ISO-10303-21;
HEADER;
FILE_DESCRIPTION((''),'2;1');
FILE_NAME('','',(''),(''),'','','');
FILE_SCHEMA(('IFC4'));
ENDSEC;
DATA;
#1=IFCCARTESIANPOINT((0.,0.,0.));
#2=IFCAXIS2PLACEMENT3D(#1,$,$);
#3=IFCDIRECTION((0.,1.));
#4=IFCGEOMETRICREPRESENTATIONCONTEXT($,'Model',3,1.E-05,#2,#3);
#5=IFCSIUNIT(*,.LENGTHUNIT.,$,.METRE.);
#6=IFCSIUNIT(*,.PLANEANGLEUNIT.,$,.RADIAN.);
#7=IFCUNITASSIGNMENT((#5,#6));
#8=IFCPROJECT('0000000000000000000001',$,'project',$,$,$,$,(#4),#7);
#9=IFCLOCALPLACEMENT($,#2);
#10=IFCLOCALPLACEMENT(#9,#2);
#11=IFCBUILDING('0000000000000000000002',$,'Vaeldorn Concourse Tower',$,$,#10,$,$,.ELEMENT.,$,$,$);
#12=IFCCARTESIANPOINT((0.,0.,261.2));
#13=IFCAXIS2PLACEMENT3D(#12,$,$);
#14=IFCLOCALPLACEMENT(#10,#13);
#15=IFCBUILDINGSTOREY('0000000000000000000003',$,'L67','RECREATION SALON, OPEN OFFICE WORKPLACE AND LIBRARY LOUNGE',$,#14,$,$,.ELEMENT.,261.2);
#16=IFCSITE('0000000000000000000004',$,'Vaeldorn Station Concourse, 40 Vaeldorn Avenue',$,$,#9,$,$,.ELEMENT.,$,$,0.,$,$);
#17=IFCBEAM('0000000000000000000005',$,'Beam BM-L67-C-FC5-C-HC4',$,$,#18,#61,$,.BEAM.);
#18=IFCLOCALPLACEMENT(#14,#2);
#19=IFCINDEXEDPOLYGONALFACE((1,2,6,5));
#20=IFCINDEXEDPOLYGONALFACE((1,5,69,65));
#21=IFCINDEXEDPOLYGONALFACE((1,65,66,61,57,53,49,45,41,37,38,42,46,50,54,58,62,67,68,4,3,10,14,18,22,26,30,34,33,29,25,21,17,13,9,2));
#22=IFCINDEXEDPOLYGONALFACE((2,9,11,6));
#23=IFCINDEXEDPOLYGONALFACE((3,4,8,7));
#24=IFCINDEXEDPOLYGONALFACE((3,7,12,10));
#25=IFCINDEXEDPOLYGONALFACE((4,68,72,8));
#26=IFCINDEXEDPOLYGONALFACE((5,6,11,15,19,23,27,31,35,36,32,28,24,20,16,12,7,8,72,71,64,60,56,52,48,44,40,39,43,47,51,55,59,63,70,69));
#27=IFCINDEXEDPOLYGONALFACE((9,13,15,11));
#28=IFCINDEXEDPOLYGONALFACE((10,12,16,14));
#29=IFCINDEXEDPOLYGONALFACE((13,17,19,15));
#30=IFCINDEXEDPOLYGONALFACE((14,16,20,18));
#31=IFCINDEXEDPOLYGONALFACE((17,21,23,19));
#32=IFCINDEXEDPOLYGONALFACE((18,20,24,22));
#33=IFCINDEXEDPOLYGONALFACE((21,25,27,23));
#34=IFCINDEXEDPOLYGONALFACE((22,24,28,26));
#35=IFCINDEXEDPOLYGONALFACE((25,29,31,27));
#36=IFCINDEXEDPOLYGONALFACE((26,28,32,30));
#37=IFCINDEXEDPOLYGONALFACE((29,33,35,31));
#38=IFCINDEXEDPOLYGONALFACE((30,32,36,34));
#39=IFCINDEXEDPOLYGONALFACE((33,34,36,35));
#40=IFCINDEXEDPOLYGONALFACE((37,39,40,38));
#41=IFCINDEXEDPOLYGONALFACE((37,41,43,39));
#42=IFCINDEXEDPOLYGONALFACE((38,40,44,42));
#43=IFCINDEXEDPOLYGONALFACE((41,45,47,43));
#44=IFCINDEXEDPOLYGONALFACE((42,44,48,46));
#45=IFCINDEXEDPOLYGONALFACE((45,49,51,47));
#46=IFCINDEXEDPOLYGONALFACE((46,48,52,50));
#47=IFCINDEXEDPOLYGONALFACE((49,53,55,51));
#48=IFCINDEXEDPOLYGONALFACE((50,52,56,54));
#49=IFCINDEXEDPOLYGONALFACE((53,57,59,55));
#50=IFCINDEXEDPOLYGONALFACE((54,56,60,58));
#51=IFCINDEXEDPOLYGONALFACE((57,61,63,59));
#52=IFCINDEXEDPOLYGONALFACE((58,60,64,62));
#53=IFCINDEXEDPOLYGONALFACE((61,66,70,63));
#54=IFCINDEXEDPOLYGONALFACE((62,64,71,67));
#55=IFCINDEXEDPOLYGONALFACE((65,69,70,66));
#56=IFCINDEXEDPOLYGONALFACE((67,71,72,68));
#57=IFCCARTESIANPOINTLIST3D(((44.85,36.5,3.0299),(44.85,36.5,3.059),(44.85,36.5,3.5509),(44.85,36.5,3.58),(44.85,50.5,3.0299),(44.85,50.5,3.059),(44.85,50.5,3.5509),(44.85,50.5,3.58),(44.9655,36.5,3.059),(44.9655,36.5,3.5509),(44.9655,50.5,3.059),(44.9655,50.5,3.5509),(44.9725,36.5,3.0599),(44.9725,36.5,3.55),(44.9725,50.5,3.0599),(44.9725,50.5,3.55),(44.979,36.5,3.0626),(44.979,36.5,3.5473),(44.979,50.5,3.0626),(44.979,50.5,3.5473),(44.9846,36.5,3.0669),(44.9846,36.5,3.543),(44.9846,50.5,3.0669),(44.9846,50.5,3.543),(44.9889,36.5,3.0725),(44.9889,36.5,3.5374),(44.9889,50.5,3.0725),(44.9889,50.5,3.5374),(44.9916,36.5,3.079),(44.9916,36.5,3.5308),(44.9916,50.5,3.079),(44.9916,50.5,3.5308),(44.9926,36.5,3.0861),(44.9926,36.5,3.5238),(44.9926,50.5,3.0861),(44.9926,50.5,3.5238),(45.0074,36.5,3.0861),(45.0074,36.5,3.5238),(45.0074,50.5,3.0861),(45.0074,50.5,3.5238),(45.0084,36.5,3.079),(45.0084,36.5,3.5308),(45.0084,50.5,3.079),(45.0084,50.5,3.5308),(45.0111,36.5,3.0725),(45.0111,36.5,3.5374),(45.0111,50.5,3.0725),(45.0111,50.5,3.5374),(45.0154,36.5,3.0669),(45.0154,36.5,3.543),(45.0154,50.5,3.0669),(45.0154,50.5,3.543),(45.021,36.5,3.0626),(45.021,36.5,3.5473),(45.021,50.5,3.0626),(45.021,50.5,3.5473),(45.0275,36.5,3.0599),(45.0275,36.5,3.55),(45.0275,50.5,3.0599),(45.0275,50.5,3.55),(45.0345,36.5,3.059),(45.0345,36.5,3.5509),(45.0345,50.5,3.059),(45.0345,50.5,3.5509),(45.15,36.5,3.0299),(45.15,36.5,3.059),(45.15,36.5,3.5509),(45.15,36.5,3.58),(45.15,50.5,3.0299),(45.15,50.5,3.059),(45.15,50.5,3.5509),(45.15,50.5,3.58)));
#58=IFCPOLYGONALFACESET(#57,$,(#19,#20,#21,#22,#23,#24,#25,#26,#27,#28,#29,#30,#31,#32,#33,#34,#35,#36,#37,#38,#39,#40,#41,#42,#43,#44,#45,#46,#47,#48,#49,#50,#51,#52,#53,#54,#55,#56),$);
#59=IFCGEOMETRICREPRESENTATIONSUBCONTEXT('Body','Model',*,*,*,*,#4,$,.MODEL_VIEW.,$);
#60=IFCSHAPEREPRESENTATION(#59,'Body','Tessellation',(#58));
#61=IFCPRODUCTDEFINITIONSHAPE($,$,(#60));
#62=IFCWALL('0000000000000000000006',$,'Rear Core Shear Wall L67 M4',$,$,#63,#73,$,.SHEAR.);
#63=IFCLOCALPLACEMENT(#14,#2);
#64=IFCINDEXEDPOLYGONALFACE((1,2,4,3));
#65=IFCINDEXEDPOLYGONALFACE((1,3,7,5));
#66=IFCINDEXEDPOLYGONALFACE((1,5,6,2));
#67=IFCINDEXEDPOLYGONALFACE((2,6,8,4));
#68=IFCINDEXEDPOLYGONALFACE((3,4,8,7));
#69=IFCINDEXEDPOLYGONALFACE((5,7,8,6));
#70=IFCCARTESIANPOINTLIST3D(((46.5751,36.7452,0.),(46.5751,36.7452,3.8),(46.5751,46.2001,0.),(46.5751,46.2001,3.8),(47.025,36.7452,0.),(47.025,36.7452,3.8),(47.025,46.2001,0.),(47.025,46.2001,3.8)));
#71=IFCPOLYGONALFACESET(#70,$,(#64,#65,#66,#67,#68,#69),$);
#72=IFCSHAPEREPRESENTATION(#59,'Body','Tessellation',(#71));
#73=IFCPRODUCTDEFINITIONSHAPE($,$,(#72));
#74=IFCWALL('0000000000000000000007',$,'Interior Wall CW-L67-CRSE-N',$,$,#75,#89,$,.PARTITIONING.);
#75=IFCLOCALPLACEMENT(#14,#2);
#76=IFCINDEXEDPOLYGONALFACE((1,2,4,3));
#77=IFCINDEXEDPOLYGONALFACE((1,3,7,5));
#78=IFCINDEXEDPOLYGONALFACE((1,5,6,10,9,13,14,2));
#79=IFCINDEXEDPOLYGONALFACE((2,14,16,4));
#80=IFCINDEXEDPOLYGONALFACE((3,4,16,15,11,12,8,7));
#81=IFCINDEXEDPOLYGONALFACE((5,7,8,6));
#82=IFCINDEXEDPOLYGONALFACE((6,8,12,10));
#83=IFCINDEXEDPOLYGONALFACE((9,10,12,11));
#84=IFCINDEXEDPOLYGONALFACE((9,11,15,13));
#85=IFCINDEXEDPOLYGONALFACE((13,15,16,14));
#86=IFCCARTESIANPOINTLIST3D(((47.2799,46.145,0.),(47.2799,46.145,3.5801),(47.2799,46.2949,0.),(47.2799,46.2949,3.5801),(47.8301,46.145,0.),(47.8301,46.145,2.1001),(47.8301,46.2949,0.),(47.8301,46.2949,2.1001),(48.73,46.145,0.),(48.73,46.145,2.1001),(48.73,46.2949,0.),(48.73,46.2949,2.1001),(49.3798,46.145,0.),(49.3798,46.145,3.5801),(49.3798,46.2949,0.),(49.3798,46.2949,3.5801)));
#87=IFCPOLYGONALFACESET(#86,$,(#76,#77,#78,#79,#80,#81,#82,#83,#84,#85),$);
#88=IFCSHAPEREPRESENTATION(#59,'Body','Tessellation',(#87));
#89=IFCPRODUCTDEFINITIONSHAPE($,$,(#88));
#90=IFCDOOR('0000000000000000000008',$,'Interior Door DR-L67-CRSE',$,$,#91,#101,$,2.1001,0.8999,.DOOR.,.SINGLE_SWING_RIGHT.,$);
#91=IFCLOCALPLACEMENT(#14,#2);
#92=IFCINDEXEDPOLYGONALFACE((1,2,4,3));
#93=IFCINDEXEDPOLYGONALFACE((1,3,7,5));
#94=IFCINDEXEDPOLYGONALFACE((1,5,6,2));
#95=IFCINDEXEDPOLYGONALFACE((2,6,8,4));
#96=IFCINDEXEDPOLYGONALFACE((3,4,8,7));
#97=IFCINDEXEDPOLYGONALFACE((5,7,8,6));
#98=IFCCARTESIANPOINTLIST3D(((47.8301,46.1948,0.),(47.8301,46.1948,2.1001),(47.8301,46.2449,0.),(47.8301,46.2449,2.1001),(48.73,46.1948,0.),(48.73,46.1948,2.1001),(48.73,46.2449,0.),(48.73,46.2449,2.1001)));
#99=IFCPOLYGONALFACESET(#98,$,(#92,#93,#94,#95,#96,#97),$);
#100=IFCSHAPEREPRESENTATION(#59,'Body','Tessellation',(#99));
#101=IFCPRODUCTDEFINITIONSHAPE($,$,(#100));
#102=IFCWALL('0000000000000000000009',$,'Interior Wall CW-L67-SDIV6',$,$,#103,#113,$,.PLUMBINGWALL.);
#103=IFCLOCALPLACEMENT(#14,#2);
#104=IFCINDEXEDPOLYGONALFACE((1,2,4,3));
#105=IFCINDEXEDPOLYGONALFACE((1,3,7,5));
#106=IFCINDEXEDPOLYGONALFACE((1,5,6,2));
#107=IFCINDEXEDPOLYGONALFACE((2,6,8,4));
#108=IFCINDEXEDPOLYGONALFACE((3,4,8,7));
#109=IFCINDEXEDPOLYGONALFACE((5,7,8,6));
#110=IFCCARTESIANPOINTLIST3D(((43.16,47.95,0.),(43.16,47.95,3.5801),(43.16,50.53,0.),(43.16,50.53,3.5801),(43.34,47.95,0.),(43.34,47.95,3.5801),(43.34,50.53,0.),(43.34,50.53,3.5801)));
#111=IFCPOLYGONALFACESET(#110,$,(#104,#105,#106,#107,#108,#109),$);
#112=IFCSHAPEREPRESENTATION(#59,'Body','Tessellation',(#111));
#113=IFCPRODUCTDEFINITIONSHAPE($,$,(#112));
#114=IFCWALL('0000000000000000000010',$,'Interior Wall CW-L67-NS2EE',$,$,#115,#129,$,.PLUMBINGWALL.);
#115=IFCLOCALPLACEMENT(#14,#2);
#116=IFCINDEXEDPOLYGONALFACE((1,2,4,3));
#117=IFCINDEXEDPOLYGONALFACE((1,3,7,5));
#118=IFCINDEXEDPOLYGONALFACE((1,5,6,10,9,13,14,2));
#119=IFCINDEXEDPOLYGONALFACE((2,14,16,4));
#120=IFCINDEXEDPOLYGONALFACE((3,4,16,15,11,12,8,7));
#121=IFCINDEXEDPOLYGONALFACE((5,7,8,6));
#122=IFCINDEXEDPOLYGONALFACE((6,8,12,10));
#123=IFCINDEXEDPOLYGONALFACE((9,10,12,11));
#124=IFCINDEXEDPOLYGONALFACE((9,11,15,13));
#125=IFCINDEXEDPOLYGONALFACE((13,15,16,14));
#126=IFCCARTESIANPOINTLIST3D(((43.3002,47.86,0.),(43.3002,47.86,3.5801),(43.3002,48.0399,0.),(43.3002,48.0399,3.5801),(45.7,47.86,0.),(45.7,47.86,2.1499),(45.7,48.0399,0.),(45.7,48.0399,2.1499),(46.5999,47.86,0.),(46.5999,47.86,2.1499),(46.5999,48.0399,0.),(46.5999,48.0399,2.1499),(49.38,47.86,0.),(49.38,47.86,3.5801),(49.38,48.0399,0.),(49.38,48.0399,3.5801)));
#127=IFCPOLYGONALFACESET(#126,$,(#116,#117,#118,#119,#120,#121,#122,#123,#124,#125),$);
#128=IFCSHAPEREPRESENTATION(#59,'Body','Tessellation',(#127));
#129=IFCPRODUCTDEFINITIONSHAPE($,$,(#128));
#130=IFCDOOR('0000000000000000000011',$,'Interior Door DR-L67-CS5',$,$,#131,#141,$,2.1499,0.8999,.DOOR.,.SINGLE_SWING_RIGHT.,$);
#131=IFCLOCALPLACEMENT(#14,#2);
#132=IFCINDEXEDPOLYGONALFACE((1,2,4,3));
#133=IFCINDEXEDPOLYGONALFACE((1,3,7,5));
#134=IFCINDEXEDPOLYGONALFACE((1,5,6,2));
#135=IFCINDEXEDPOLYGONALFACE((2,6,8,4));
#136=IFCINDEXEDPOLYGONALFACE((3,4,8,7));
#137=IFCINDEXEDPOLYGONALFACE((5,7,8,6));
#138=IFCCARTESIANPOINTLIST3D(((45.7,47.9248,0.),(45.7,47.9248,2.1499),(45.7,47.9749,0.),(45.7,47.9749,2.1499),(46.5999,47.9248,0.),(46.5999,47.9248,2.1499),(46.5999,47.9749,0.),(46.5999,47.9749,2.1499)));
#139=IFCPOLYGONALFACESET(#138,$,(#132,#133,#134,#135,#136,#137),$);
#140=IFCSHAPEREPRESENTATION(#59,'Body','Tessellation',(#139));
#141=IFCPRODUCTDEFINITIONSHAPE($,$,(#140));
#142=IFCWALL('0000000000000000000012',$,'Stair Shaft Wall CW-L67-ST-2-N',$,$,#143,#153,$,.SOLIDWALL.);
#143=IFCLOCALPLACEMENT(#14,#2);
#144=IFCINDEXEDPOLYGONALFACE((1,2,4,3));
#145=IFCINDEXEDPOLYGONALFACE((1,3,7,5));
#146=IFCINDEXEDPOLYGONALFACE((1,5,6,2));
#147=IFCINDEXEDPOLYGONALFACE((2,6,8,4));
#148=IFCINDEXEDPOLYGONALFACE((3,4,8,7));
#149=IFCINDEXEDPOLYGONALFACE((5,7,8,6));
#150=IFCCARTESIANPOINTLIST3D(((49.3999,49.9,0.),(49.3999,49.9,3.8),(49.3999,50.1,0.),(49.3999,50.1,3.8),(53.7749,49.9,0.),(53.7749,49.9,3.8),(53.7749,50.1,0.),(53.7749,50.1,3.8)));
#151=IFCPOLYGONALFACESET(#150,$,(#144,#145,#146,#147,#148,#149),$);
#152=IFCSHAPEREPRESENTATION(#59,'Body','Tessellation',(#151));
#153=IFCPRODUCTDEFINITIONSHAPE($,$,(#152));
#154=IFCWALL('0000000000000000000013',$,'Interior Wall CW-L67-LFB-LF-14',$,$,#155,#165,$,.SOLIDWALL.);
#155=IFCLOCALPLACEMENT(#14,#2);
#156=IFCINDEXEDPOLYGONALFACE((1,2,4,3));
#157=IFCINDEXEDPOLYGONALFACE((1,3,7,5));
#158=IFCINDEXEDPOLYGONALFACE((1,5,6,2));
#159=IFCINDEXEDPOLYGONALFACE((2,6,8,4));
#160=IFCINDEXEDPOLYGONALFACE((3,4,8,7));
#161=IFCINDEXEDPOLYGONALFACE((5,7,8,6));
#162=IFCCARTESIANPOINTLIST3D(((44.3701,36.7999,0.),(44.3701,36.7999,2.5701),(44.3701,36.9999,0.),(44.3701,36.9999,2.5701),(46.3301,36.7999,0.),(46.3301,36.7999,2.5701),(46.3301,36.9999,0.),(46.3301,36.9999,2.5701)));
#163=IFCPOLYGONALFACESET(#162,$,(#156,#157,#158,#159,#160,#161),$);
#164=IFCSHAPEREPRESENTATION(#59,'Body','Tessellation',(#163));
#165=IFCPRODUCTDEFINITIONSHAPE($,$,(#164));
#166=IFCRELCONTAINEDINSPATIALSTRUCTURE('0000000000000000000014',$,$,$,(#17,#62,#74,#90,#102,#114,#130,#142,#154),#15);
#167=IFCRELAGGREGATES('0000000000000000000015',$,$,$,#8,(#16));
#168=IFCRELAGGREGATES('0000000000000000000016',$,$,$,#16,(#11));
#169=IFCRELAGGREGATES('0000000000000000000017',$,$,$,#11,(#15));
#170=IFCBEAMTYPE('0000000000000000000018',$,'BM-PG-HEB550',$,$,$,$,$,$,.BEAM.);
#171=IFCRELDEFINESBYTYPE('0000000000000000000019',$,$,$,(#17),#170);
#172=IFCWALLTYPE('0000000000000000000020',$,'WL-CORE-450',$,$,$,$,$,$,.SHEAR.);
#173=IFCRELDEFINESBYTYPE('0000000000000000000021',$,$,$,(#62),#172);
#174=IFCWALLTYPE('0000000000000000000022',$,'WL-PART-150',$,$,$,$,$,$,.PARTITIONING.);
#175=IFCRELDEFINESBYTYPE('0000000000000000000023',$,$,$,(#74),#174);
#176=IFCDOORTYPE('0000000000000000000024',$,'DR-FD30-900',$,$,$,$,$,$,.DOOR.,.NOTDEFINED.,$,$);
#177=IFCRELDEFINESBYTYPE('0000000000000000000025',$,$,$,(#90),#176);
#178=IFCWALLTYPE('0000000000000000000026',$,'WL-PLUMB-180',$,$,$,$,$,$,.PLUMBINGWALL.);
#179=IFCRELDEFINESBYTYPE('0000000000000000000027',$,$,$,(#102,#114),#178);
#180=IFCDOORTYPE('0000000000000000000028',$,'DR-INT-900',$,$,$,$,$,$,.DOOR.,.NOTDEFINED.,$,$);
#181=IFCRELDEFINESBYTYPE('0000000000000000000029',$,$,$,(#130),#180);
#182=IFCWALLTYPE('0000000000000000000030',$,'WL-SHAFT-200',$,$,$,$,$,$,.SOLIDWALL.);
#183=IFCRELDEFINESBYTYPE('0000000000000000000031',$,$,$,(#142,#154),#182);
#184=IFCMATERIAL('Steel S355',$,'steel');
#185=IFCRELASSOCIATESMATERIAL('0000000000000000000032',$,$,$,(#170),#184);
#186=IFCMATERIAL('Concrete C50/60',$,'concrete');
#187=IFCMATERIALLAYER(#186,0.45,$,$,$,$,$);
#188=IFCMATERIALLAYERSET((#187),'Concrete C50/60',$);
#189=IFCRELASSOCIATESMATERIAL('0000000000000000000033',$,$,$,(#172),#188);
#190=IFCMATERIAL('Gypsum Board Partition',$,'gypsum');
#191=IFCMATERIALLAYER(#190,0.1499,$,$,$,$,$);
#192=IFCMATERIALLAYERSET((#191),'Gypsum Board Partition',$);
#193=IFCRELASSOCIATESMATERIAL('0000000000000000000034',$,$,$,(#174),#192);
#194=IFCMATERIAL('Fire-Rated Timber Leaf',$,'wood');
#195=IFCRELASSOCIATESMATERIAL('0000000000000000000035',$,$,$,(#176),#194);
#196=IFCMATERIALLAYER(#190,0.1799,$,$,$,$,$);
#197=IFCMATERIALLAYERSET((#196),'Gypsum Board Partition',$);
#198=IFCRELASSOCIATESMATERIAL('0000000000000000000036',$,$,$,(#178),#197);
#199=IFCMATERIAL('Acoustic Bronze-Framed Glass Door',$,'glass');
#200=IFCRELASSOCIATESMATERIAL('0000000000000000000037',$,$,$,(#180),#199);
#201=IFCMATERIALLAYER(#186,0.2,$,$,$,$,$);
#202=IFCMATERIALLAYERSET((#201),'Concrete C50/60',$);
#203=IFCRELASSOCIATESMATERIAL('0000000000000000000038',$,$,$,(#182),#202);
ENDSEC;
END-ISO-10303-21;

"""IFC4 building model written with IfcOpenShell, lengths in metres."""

from ifc_helpers import new_model, si_unit, direction, frame, frame_2d, origin, origin_2d, place, context, subcontext, project, spatial, rectangle, i_section, extrude, source, transform, mapped, material, layer, layer_set, material_profile, profile_set, type_object, element, fill, save


model = new_model("IFC4")

# Units and contexts
model_context = context("Model", 3, precision=1e-05, world=origin(), true_north=direction((0.0, 1.0)))
body_context = subcontext(model_context, "Body", "Model", "MODEL_VIEW")
ifc_project = project(units=[si_unit("LENGTHUNIT", "METRE"), si_unit("PLANEANGLEUNIT", "RADIAN")], contexts=[model_context])

# Site, building, storey
site_placement = place(None, origin())
site = spatial("IfcSite", under=ifc_project, at=site_placement, Name="Vaeldorn Station Concourse, 40 Vaeldorn Avenue", CompositionType="ELEMENT", RefElevation=0.0)
building_placement = place(site_placement, origin())
building = spatial("IfcBuilding", under=site, at=building_placement, Name="Vaeldorn Concourse Tower", CompositionType="ELEMENT")
storey_placement = place(building_placement, frame((0.0, 0.0, 261.2)))
storey = spatial("IfcBuildingStorey", under=building, at=storey_placement, Name="L67", Description="RECREATION SALON, OPEN OFFICE WORKPLACE AND LIBRARY LOUNGE", CompositionType="ELEMENT", Elevation=261.2)

# Beam
ifc_material_1 = material(Name="Concrete C50/60", Category="concrete")
ifc_material_2 = material(Name="Steel S355", Category="steel")
ifc_material_profile_1 = material_profile(ifc_material_2, i_section(OverallWidth=0.3, OverallDepth=0.55, WebThickness=0.0149, FlangeThickness=0.0291, FilletRadius=0.0271, at=origin_2d()), Name="HEB 550")
ifc_profile_set_1 = profile_set([ifc_material_profile_1], Name="Steel S355")
beam_type_1 = type_object("IfcBeamType", Name="BM-PG-HEB550", PredefinedType="BEAM", material=ifc_profile_set_1)
shared_shape_1 = source(origin(), body_context, "Body", "SweptSolid", [
    extrude(i_section(OverallWidth=0.3, OverallDepth=0.55, WebThickness=0.0149, FlangeThickness=0.0291, FilletRadius=0.0271, at=origin_2d()), origin(), (0.0, 0.0, 1.0), 14.0),
])
beam_1_placement = place(storey_placement, frame((45.0, 36.5, 3.3049), z_axis=(0.0, 1.0, 0.0), x_axis=(-1.0, 0.0, 0.0)))
element("IfcBeam", 1, at=beam_1_placement, inside=storey, type_object=beam_type_1, Name="Beam BM-L67-C-FC5-C-HC4", PredefinedType="BEAM", context=body_context, shape_type="MappedRepresentation", body=[
    mapped(shared_shape_1, transform((0.0, 0.0, 0.0), scale=1.0)),
])

# Wall
ifc_layer_1 = layer(ifc_material_1, 0.45)
ifc_layer_set_1 = layer_set([ifc_layer_1], Name="Concrete C50/60")
wall_type_1 = type_object("IfcWallType", Name="WL-CORE-450", PredefinedType="SHEAR", material=ifc_layer_set_1)
wall_1_placement = place(storey_placement, frame((46.8, 36.7451, 0.0), z_axis=(0.0, 0.0, 1.0), x_axis=(0.0, 1.0, 0.0)))
element("IfcWall", 2, at=wall_1_placement, inside=storey, type_object=wall_type_1, Name="Rear Core Shear Wall L67 M4", PredefinedType="SHEAR", context=body_context, shape_type="SweptSolid", body=[
    extrude(rectangle(XDim=9.4548, YDim=0.45, at=frame_2d((4.7275, 0.0))), origin(), (0.0, 0.0, 1.0), 3.8),
])

# Wall, opening, door
ifc_material_3 = material(Name="Gypsum Board Partition", Category="gypsum")
ifc_layer_2 = layer(ifc_material_3, 0.1499)
ifc_layer_set_2 = layer_set([ifc_layer_2], Name="Gypsum Board Partition")
wall_type_2 = type_object("IfcWallType", Name="WL-PART-150", PredefinedType="PARTITIONING", material=ifc_layer_set_2)
wall_2_placement = place(storey_placement, frame((47.28, 46.22, 0.0), z_axis=(0.0, 0.0, 1.0), x_axis=(1.0, 0.0, 0.0)))
wall_2 = element("IfcWall", 3, at=wall_2_placement, inside=storey, type_object=wall_type_2, Name="Interior Wall CW-L67-CRSE-N", PredefinedType="PARTITIONING", context=body_context, shape_type="SweptSolid", body=[
    extrude(rectangle(XDim=2.0999, YDim=0.1499, at=frame_2d((1.0498, 0.0))), origin(), (0.0, 0.0, 1.0), 3.5801),
])
opening_1_placement = place(wall_2_placement, frame((0.55, 0.0, 0.0)))
opening_1 = element("IfcOpeningElement", 4, at=opening_1_placement, cuts=wall_2, PredefinedType="OPENING", context=body_context, shape_type="SweptSolid", body=[
    extrude(rectangle(XDim=0.8999, YDim=2.1001, at=frame_2d((0.45, 1.05))), frame((0.0, 0.085, 0.0), z_axis=(0.0, -1.0, 0.0), x_axis=(1.0, 0.0, 0.0)), (0.0, 0.0, 1.0), 0.1699),
])
ifc_material_4 = material(Name="Fire-Rated Timber Leaf", Category="wood")
door_type_1 = type_object("IfcDoorType", Name="DR-FD30-900", OperationType="NOTDEFINED", PredefinedType="DOOR", material=ifc_material_4)
shared_shape_2 = source(origin(), body_context, "Body", "SweptSolid", [
    extrude(rectangle(XDim=0.8999, YDim=2.1001, at=frame_2d((0.45, 1.05))), frame((0.0, 0.0249, 0.0), z_axis=(0.0, -1.0, 0.0), x_axis=(1.0, 0.0, 0.0)), (0.0, 0.0, 1.0), 0.05),
])
door_1_placement = place(opening_1_placement, origin())
door_1 = element("IfcDoor", 5, at=door_1_placement, inside=storey, type_object=door_type_1, Name="Interior Door DR-L67-CRSE", OperationType="SINGLE_SWING_RIGHT", OverallHeight=2.1001, OverallWidth=0.8999, PredefinedType="DOOR", context=body_context, shape_type="MappedRepresentation", body=[
    mapped(shared_shape_2, transform((0.0, 0.0, 0.0), scale=1.0)),
])
fill(opening_1, door_1)

# Wall
ifc_layer_3 = layer(ifc_material_3, 0.1799)
ifc_layer_set_3 = layer_set([ifc_layer_3], Name="Gypsum Board Partition")
wall_type_3 = type_object("IfcWallType", Name="WL-PLUMB-180", PredefinedType="PLUMBINGWALL", material=ifc_layer_set_3)
wall_3_placement = place(storey_placement, frame((43.25, 47.95, 0.0), z_axis=(0.0, 0.0, 1.0), x_axis=(0.0, 1.0, 0.0)))
element("IfcWall", 6, at=wall_3_placement, inside=storey, type_object=wall_type_3, Name="Interior Wall CW-L67-SDIV6", PredefinedType="PLUMBINGWALL", context=body_context, shape_type="SweptSolid", body=[
    extrude(rectangle(XDim=2.5801, YDim=0.1799, at=frame_2d((1.29, 0.0))), origin(), (0.0, 0.0, 1.0), 3.5801),
])

# Wall, opening, door
wall_4_placement = place(storey_placement, frame((43.3, 47.95, 0.0), z_axis=(0.0, 0.0, 1.0), x_axis=(1.0, 0.0, 0.0)))
wall_4 = element("IfcWall", 7, at=wall_4_placement, inside=storey, type_object=wall_type_3, Name="Interior Wall CW-L67-NS2EE", PredefinedType="PLUMBINGWALL", context=body_context, shape_type="SweptSolid", body=[
    extrude(rectangle(XDim=6.0798, YDim=0.1799, at=frame_2d((3.04, 0.0))), origin(), (0.0, 0.0, 1.0), 3.5801),
])
opening_2_placement = place(wall_4_placement, frame((2.3999, 0.0, 0.0)))
opening_2 = element("IfcOpeningElement", 8, at=opening_2_placement, cuts=wall_4, PredefinedType="OPENING", context=body_context, shape_type="SweptSolid", body=[
    extrude(rectangle(XDim=0.8999, YDim=2.1499, at=frame_2d((0.45, 1.075))), frame((0.0, 0.1001, 0.0), z_axis=(0.0, -1.0, 0.0), x_axis=(1.0, 0.0, 0.0)), (0.0, 0.0, 1.0), 0.2),
])
ifc_material_5 = material(Name="Acoustic Bronze-Framed Glass Door", Category="glass")
door_type_2 = type_object("IfcDoorType", Name="DR-INT-900", OperationType="NOTDEFINED", PredefinedType="DOOR", material=ifc_material_5)
shared_shape_3 = source(origin(), body_context, "Body", "SweptSolid", [
    extrude(rectangle(XDim=0.8999, YDim=2.1499, at=frame_2d((0.45, 1.075))), frame((0.0, 0.0249, 0.0), z_axis=(0.0, -1.0, 0.0), x_axis=(1.0, 0.0, 0.0)), (0.0, 0.0, 1.0), 0.05),
])
door_2_placement = place(opening_2_placement, origin())
door_2 = element("IfcDoor", 9, at=door_2_placement, inside=storey, type_object=door_type_2, Name="Interior Door DR-L67-CS5", OperationType="SINGLE_SWING_RIGHT", OverallHeight=2.1499, OverallWidth=0.8999, PredefinedType="DOOR", context=body_context, shape_type="MappedRepresentation", body=[
    mapped(shared_shape_3, transform((0.0, 0.0, 0.0), scale=1.0)),
])
fill(opening_2, door_2)
ifc_layer_4 = layer(ifc_material_1, 0.2)
ifc_layer_set_4 = layer_set([ifc_layer_4], Name="Concrete C50/60")
wall_type_4 = type_object("IfcWallType", Name="WL-SHAFT-200", PredefinedType="SOLIDWALL", material=ifc_layer_set_4)

# Wall
wall_5_placement = place(storey_placement, frame((49.3999, 50.0, 0.0), z_axis=(0.0, 0.0, 1.0), x_axis=(1.0, 0.0, 0.0)))
element("IfcWall", 10, at=wall_5_placement, inside=storey, type_object=wall_type_4, Name="Stair Shaft Wall CW-L67-ST-2-N", PredefinedType="SOLIDWALL", context=body_context, shape_type="SweptSolid", body=[
    extrude(rectangle(XDim=4.375, YDim=0.2, at=frame_2d((2.1875, 0.0))), origin(), (0.0, 0.0, 1.0), 3.8),
])

# Wall
wall_6_placement = place(storey_placement, frame((44.3701, 36.8999, 0.0), z_axis=(0.0, 0.0, 1.0), x_axis=(1.0, 0.0, 0.0)))
element("IfcWall", 11, at=wall_6_placement, inside=storey, type_object=wall_type_4, Name="Interior Wall CW-L67-LFB-LF-14", PredefinedType="SOLIDWALL", context=body_context, shape_type="SweptSolid", body=[
    extrude(rectangle(XDim=1.96, YDim=0.2, at=frame_2d((0.98, 0.0))), origin(), (0.0, 0.0, 1.0), 2.5701),
])

save(model, "model.ifc")
